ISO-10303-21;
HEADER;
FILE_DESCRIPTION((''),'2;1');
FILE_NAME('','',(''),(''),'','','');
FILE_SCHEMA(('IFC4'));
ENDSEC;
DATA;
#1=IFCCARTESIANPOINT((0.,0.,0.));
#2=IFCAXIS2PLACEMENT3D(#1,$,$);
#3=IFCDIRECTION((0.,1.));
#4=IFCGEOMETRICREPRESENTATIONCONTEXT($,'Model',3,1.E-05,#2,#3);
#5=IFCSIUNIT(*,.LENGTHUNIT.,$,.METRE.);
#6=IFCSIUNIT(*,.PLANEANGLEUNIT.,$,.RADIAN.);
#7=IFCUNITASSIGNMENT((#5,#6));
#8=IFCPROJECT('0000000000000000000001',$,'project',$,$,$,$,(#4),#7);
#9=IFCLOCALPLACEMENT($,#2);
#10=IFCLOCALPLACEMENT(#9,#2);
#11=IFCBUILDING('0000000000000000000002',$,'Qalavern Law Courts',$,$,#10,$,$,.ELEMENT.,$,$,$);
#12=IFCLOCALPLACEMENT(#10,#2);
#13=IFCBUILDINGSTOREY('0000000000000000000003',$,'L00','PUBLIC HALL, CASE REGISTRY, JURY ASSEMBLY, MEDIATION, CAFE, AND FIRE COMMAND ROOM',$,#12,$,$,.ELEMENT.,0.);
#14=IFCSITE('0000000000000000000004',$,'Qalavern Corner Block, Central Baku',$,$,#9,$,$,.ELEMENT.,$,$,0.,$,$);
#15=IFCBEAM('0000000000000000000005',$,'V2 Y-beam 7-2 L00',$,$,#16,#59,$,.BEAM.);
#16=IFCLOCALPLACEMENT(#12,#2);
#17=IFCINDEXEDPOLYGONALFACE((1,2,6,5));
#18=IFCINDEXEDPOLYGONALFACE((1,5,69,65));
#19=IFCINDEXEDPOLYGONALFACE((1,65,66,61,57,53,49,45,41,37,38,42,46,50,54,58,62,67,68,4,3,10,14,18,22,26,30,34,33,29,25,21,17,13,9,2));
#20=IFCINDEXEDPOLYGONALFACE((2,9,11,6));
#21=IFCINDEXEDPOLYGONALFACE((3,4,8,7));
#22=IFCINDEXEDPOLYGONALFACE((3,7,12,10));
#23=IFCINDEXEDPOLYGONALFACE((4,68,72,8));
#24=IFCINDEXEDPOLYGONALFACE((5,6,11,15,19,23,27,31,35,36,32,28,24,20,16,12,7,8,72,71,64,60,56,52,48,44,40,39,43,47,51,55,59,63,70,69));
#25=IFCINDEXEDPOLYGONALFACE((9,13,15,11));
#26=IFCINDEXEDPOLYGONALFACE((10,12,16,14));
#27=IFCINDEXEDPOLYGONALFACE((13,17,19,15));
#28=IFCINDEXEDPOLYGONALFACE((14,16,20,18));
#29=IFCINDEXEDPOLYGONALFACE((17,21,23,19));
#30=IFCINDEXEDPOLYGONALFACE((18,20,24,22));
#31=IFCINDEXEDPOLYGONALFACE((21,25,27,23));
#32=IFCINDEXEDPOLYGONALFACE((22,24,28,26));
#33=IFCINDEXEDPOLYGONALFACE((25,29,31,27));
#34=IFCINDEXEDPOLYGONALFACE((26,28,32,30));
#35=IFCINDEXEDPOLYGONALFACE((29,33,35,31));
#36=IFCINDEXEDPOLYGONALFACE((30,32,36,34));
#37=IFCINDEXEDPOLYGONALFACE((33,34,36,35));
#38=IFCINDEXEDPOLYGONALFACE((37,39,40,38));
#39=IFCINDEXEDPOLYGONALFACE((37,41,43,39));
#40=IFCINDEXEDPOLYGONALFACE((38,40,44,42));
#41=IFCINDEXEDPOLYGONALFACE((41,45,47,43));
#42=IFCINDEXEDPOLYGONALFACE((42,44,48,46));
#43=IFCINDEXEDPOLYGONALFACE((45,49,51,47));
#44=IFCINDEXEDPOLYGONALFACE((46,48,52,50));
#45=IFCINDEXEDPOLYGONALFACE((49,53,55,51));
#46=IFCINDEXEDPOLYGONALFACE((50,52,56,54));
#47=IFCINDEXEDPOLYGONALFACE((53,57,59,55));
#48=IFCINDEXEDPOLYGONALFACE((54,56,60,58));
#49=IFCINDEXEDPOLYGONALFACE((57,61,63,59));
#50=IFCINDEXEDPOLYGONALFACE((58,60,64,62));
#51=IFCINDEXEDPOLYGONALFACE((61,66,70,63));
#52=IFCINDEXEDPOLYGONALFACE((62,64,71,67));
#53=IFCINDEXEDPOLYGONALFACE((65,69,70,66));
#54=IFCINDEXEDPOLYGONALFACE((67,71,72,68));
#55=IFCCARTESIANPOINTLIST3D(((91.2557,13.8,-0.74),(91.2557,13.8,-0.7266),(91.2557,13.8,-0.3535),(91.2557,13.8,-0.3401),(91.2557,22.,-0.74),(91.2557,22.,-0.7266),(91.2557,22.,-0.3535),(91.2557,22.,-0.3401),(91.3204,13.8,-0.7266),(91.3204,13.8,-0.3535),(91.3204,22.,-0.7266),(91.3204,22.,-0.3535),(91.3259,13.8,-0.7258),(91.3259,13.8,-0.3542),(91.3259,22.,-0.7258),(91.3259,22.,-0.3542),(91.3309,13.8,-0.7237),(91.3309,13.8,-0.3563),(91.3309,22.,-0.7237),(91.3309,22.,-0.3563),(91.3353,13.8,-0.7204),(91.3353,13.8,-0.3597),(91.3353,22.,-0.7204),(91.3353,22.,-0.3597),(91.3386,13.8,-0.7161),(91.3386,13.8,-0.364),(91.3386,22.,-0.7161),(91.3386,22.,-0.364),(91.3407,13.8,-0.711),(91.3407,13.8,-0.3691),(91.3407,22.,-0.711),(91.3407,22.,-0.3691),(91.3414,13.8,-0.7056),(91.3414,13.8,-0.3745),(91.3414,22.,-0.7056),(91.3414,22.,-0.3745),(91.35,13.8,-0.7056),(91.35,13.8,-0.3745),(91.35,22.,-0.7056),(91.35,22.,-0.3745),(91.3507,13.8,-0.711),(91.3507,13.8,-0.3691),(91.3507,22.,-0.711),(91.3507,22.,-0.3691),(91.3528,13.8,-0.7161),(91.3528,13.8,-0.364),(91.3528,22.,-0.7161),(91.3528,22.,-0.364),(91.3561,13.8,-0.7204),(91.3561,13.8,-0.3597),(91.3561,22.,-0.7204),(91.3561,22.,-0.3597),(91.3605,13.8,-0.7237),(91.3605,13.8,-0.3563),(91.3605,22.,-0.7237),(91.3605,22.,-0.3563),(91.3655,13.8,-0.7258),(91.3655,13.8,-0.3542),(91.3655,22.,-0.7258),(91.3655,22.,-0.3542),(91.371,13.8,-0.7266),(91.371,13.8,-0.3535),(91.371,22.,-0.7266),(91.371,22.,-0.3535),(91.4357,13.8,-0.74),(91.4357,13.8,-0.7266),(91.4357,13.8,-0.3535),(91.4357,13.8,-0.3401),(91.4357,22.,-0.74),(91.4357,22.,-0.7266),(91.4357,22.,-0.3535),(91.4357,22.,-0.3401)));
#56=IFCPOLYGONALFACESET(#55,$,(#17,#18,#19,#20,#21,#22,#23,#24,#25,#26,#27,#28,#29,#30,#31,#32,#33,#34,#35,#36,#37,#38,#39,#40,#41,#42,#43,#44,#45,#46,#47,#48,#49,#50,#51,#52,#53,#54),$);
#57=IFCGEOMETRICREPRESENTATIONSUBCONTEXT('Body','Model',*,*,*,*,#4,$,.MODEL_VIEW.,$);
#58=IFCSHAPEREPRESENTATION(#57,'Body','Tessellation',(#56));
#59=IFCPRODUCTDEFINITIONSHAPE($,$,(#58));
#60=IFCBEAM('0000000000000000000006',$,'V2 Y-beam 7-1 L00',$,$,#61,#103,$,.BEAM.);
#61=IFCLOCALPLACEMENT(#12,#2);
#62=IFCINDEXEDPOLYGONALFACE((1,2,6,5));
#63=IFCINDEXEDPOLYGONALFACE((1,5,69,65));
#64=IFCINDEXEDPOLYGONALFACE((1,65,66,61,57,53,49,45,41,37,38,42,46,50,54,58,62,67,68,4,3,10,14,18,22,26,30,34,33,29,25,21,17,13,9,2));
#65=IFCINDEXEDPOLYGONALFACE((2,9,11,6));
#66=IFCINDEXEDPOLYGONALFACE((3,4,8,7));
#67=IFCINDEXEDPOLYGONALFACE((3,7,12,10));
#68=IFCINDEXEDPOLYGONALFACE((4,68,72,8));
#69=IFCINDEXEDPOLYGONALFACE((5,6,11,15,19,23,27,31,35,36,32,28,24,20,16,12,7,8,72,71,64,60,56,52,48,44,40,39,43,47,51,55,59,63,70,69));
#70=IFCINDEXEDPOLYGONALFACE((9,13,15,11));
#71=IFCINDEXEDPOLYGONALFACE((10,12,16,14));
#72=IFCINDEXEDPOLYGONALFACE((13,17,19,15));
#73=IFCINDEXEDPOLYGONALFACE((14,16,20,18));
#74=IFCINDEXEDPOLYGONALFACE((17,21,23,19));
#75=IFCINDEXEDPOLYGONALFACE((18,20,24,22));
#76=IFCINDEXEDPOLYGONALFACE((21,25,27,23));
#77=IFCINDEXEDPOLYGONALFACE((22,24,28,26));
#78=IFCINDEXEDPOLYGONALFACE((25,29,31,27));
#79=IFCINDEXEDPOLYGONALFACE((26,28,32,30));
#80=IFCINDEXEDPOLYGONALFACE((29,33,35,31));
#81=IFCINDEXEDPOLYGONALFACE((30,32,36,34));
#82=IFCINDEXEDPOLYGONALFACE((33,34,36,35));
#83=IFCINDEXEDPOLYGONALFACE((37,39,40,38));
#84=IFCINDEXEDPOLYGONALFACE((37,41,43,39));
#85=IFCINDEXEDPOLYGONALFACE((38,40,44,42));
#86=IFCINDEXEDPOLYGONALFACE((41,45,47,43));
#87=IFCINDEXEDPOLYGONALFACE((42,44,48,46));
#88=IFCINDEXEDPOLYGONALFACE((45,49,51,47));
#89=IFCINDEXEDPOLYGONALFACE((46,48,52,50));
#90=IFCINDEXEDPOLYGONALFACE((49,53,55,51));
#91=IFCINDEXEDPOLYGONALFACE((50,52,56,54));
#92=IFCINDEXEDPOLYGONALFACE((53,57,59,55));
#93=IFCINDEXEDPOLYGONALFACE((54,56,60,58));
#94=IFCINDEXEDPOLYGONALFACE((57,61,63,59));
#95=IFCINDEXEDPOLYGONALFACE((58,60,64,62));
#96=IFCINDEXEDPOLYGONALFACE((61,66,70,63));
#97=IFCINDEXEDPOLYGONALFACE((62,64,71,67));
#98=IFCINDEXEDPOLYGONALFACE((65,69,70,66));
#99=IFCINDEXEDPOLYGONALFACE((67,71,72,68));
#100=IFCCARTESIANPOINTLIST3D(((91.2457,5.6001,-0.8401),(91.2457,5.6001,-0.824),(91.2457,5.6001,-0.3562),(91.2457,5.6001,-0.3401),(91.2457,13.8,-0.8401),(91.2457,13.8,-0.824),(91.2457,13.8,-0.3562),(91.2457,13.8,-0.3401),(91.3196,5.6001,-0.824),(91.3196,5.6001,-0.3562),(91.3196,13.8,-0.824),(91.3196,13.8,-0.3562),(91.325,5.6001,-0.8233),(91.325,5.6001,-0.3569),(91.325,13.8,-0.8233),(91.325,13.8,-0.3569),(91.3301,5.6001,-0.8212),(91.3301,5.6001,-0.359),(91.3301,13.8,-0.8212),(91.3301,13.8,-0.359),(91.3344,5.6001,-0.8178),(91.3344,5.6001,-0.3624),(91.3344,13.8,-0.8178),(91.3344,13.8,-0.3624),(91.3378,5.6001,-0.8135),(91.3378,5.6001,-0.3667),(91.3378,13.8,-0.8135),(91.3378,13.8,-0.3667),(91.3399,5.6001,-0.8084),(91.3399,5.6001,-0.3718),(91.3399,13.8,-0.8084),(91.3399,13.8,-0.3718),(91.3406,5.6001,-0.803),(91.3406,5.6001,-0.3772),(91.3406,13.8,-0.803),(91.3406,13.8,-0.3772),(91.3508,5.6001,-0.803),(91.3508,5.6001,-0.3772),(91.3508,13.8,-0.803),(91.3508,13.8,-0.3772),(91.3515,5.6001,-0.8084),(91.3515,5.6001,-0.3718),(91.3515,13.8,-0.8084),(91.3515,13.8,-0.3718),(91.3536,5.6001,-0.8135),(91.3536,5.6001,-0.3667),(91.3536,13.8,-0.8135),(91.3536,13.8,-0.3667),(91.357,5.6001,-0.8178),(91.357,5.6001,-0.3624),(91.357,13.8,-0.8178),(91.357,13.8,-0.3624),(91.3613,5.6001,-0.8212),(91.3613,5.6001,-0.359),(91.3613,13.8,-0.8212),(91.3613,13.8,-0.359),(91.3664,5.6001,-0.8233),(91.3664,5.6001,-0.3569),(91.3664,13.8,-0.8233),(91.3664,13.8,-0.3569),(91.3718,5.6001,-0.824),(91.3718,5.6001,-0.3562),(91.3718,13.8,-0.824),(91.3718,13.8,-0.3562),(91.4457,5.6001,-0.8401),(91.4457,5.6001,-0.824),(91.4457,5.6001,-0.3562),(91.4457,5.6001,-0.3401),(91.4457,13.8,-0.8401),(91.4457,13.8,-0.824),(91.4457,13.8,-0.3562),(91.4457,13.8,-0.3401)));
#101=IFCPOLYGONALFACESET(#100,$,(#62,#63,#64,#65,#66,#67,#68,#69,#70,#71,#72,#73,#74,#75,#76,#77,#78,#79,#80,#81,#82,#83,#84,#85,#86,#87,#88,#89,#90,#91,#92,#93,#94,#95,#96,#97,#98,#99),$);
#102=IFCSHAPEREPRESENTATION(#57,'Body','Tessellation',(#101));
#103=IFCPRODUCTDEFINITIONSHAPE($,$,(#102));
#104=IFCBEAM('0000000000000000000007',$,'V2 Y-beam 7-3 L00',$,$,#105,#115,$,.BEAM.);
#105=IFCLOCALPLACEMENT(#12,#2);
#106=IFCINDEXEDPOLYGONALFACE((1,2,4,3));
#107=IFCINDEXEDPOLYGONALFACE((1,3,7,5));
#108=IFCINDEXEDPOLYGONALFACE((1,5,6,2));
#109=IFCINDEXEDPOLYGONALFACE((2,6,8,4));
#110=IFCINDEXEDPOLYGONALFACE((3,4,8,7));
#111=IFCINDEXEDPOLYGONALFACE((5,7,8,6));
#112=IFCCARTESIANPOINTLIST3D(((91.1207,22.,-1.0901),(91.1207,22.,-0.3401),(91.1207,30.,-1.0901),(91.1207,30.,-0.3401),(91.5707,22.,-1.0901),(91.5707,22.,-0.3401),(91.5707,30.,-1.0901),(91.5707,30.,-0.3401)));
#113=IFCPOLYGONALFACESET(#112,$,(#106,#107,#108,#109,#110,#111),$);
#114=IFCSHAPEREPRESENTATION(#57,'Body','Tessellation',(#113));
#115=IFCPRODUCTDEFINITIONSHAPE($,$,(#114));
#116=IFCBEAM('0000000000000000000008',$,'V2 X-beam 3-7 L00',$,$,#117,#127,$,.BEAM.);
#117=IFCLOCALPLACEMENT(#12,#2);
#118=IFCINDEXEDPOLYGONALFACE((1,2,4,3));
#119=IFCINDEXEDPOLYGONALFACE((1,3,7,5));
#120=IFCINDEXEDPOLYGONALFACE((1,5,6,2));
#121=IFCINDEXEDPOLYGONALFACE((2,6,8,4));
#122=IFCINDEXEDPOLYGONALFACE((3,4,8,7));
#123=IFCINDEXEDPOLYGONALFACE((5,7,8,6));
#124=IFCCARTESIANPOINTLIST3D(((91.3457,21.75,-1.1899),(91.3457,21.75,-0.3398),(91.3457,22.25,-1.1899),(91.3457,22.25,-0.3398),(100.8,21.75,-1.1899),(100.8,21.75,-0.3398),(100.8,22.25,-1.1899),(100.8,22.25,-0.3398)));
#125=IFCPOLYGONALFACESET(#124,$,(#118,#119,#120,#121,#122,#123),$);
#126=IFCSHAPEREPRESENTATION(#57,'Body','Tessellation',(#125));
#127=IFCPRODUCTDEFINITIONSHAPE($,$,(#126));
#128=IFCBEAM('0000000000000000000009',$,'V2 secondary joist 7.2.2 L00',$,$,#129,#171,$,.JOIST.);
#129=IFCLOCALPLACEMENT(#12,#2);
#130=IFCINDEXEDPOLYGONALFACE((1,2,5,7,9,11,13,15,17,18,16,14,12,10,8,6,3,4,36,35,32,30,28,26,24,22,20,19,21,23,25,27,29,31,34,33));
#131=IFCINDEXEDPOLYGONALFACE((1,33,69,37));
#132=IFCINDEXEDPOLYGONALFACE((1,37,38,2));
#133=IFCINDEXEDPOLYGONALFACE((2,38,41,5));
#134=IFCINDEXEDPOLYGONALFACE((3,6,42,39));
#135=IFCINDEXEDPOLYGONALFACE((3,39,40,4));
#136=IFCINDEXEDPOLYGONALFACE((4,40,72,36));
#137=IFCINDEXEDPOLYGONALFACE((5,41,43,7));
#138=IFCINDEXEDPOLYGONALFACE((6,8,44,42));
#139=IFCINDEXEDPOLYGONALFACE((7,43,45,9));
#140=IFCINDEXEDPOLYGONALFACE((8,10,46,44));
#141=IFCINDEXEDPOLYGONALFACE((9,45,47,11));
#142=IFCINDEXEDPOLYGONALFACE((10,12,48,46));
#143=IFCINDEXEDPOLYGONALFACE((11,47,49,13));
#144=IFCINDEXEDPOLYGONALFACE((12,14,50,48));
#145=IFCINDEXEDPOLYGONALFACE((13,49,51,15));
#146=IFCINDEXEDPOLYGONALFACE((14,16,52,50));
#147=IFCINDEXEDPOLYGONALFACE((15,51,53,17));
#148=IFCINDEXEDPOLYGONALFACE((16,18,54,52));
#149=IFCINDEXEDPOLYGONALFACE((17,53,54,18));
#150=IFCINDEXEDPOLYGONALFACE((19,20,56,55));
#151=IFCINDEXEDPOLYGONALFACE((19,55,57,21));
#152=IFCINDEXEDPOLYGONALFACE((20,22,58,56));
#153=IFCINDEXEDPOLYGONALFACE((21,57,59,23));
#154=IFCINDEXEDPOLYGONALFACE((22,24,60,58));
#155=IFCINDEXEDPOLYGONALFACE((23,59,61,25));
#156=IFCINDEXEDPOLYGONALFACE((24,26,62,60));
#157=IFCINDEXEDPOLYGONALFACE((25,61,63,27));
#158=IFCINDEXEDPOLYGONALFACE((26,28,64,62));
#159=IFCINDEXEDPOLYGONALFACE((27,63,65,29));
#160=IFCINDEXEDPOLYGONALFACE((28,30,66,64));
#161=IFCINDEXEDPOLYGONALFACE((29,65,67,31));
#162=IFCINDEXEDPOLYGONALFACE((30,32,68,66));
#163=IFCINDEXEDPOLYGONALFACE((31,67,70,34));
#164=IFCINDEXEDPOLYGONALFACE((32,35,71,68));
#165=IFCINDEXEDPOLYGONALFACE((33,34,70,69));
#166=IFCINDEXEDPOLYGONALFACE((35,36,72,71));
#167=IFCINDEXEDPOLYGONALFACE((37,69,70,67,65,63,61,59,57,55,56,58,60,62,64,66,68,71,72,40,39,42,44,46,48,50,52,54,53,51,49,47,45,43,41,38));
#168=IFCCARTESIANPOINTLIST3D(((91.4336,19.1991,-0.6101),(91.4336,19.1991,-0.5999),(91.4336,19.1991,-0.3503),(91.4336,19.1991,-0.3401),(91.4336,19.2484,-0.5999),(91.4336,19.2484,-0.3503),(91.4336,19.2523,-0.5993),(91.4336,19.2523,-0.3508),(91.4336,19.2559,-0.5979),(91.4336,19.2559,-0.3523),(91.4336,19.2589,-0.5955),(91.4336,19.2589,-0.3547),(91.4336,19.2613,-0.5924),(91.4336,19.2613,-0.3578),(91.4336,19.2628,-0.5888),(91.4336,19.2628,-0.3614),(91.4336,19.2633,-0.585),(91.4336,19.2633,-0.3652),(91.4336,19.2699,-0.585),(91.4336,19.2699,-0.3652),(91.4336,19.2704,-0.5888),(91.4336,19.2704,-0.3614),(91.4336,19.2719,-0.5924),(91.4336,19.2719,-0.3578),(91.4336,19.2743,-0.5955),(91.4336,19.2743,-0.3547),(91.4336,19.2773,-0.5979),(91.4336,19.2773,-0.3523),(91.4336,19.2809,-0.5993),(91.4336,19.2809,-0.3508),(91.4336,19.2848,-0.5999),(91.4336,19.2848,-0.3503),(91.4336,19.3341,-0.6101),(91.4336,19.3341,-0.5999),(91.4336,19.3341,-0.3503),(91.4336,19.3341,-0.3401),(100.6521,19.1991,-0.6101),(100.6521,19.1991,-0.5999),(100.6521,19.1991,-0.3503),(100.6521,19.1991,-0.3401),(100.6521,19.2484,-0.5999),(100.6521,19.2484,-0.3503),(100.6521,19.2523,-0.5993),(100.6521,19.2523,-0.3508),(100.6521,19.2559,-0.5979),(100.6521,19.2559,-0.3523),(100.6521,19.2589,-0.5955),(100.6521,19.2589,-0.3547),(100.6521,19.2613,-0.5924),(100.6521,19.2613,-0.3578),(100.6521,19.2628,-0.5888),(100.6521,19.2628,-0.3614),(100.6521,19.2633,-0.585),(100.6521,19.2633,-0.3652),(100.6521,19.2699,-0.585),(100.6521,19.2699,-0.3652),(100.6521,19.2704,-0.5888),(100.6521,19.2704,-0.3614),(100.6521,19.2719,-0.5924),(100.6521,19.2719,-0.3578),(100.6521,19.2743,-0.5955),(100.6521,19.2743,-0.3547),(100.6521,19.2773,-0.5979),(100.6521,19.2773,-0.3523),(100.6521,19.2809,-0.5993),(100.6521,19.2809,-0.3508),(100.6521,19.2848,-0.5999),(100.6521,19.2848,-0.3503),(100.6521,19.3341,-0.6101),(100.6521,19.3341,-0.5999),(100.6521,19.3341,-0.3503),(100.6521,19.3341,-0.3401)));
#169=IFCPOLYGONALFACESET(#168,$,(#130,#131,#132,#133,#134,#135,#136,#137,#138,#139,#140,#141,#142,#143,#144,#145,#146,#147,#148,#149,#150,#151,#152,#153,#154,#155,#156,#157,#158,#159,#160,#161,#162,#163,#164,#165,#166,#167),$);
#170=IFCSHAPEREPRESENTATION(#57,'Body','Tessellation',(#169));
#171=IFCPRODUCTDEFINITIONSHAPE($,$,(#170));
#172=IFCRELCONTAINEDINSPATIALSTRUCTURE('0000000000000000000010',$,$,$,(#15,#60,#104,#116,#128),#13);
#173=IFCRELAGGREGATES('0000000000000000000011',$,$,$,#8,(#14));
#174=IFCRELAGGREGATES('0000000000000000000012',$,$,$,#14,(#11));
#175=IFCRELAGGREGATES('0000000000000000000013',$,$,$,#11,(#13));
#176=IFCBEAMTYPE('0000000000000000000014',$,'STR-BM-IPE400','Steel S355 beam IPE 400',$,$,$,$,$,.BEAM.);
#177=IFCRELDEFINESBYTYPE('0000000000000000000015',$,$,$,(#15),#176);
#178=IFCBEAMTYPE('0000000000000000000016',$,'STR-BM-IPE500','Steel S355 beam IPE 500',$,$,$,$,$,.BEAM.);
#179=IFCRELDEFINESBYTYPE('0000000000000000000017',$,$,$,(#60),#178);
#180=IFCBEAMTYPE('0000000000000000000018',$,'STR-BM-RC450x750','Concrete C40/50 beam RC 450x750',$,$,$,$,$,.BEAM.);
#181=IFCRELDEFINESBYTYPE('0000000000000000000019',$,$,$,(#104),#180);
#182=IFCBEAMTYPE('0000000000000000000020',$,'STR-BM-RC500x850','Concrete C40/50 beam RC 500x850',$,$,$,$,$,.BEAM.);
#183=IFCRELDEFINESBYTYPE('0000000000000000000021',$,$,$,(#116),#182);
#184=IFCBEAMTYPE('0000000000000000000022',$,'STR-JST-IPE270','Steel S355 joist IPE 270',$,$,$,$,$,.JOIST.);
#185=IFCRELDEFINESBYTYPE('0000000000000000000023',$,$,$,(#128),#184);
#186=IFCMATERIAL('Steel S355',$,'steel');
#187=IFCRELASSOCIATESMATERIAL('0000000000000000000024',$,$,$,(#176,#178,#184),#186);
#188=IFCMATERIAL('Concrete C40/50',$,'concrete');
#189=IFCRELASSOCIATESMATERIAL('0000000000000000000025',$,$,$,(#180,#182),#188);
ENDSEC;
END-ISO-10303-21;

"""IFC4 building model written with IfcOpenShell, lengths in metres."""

from ifc_helpers import new_model, si_unit, direction, frame, origin, origin_2d, place, context, subcontext, project, spatial, rectangle, i_section, extrude, material, material_profile, profile_set, type_object, element, save


model = new_model("IFC4")

# Units and contexts
model_context = context("Model", 3, precision=1e-05, world=origin(), true_north=direction((0.0, 1.0)))
body_context = subcontext(model_context, "Body", "Model", "MODEL_VIEW")
ifc_project = project(units=[si_unit("LENGTHUNIT", "METRE"), si_unit("PLANEANGLEUNIT", "RADIAN")], contexts=[model_context])

# Site, building, storey
site_placement = place(None, origin())
site = spatial("IfcSite", under=ifc_project, at=site_placement, Name="Qalavern Corner Block, Central Baku", CompositionType="ELEMENT", RefElevation=0.0)
building_placement = place(site_placement, origin())
building = spatial("IfcBuilding", under=site, at=building_placement, Name="Qalavern Law Courts", CompositionType="ELEMENT")
storey_placement = place(building_placement, origin())
storey = spatial("IfcBuildingStorey", under=building, at=storey_placement, Name="L00", Description="PUBLIC HALL, CASE REGISTRY, JURY ASSEMBLY, MEDIATION, CAFE, AND FIRE COMMAND ROOM", CompositionType="ELEMENT", Elevation=0.0)

# Beams
ifc_material_1 = material(Name="Steel S355", Category="steel")
ifc_material_profile_1 = material_profile(ifc_material_1, i_section(OverallWidth=0.1799, OverallDepth=0.3999, WebThickness=0.0085, FlangeThickness=0.0134, FilletRadius=0.021, at=origin_2d()), Name="IPE 400")
ifc_profile_set_1 = profile_set([ifc_material_profile_1], Name="Steel S355")
beam_type_1 = type_object("IfcBeamType", Name="STR-BM-IPE400", Description="Steel S355 beam IPE 400", PredefinedType="BEAM", material=ifc_profile_set_1)
beam_1_placement = place(storey_placement, frame((91.3457, 13.8, -0.54), z_axis=(0.0, 1.0, 0.0), x_axis=(-1.0, 0.0, 0.0)))
element("IfcBeam", 1, at=beam_1_placement, inside=storey, type_object=beam_type_1, Name="V2 Y-beam 7-2 L00", PredefinedType="BEAM", context=body_context, shape_type="SweptSolid", body=[
    extrude(i_section(OverallWidth=0.1799, OverallDepth=0.3999, WebThickness=0.0085, FlangeThickness=0.0134, FilletRadius=0.021, at=origin_2d()), origin(), (0.0, 0.0, 1.0), 8.2),
])
ifc_material_profile_2 = material_profile(ifc_material_1, i_section(OverallWidth=0.2, OverallDepth=0.5, WebThickness=0.0103, FlangeThickness=0.0161, FilletRadius=0.021, at=origin_2d()), Name="IPE 500")
ifc_profile_set_2 = profile_set([ifc_material_profile_2], Name="Steel S355")
beam_type_2 = type_object("IfcBeamType", Name="STR-BM-IPE500", Description="Steel S355 beam IPE 500", PredefinedType="BEAM", material=ifc_profile_set_2)
beam_2_placement = place(storey_placement, frame((91.3457, 5.6001, -0.5901), z_axis=(0.0, 1.0, 0.0), x_axis=(-1.0, 0.0, 0.0)))
element("IfcBeam", 2, at=beam_2_placement, inside=storey, type_object=beam_type_2, Name="V2 Y-beam 7-1 L00", PredefinedType="BEAM", context=body_context, shape_type="SweptSolid", body=[
    extrude(i_section(OverallWidth=0.2, OverallDepth=0.5, WebThickness=0.0103, FlangeThickness=0.0161, FilletRadius=0.021, at=origin_2d()), origin(), (0.0, 0.0, 1.0), 8.2),
])
ifc_material_2 = material(Name="Concrete C40/50", Category="concrete")
ifc_material_profile_3 = material_profile(ifc_material_2, rectangle(XDim=0.45, YDim=0.75, at=origin_2d()), Name="RC 450x750")
ifc_profile_set_3 = profile_set([ifc_material_profile_3], Name="Concrete C40/50")
beam_type_3 = type_object("IfcBeamType", Name="STR-BM-RC450x750", Description="Concrete C40/50 beam RC 450x750", PredefinedType="BEAM", material=ifc_profile_set_3)
beam_3_placement = place(storey_placement, frame((91.3457, 22.0, -0.7151), z_axis=(0.0, 1.0, 0.0), x_axis=(-1.0, 0.0, 0.0)))
element("IfcBeam", 3, at=beam_3_placement, inside=storey, type_object=beam_type_3, Name="V2 Y-beam 7-3 L00", PredefinedType="BEAM", context=body_context, shape_type="SweptSolid", body=[
    extrude(rectangle(XDim=0.45, YDim=0.75, at=origin_2d()), origin(), (0.0, 0.0, 1.0), 8.0),
])
ifc_material_profile_4 = material_profile(ifc_material_2, rectangle(XDim=0.5, YDim=0.8501, at=origin_2d()), Name="RC 500x850")
ifc_profile_set_4 = profile_set([ifc_material_profile_4], Name="Concrete C40/50")
beam_type_4 = type_object("IfcBeamType", Name="STR-BM-RC500x850", Description="Concrete C40/50 beam RC 500x850", PredefinedType="BEAM", material=ifc_profile_set_4)
beam_4_placement = place(storey_placement, frame((91.3457, 22.0, -0.7649), z_axis=(1.0, 0.0, 0.0), x_axis=(0.0, 1.0, 0.0)))
element("IfcBeam", 4, at=beam_4_placement, inside=storey, type_object=beam_type_4, Name="V2 X-beam 3-7 L00", PredefinedType="BEAM", context=body_context, shape_type="SweptSolid", body=[
    extrude(rectangle(XDim=0.5, YDim=0.8501, at=origin_2d()), origin(), (0.0, 0.0, 1.0), 9.4543),
])
ifc_material_profile_5 = material_profile(ifc_material_1, i_section(OverallWidth=0.135, OverallDepth=0.27, WebThickness=0.0066, FlangeThickness=0.0103, FilletRadius=0.0149, at=origin_2d()), Name="IPE 270")
ifc_profile_set_5 = profile_set([ifc_material_profile_5], Name="Steel S355")
beam_type_5 = type_object("IfcBeamType", Name="STR-JST-IPE270", Description="Steel S355 joist IPE 270", PredefinedType="JOIST", material=ifc_profile_set_5)
beam_5_placement = place(storey_placement, frame((91.4336, 19.2666, -0.4751), z_axis=(1.0, 0.0, 0.0), x_axis=(0.0, 1.0, 0.0)))
element("IfcBeam", 5, at=beam_5_placement, inside=storey, type_object=beam_type_5, Name="V2 secondary joist 7.2.2 L00", PredefinedType="JOIST", context=body_context, shape_type="SweptSolid", body=[
    extrude(i_section(OverallWidth=0.135, OverallDepth=0.27, WebThickness=0.0066, FlangeThickness=0.0103, FilletRadius=0.0149, at=origin_2d()), origin(), (0.0, 0.0, 1.0), 9.2185),
])

save(model, "model.ifc")
